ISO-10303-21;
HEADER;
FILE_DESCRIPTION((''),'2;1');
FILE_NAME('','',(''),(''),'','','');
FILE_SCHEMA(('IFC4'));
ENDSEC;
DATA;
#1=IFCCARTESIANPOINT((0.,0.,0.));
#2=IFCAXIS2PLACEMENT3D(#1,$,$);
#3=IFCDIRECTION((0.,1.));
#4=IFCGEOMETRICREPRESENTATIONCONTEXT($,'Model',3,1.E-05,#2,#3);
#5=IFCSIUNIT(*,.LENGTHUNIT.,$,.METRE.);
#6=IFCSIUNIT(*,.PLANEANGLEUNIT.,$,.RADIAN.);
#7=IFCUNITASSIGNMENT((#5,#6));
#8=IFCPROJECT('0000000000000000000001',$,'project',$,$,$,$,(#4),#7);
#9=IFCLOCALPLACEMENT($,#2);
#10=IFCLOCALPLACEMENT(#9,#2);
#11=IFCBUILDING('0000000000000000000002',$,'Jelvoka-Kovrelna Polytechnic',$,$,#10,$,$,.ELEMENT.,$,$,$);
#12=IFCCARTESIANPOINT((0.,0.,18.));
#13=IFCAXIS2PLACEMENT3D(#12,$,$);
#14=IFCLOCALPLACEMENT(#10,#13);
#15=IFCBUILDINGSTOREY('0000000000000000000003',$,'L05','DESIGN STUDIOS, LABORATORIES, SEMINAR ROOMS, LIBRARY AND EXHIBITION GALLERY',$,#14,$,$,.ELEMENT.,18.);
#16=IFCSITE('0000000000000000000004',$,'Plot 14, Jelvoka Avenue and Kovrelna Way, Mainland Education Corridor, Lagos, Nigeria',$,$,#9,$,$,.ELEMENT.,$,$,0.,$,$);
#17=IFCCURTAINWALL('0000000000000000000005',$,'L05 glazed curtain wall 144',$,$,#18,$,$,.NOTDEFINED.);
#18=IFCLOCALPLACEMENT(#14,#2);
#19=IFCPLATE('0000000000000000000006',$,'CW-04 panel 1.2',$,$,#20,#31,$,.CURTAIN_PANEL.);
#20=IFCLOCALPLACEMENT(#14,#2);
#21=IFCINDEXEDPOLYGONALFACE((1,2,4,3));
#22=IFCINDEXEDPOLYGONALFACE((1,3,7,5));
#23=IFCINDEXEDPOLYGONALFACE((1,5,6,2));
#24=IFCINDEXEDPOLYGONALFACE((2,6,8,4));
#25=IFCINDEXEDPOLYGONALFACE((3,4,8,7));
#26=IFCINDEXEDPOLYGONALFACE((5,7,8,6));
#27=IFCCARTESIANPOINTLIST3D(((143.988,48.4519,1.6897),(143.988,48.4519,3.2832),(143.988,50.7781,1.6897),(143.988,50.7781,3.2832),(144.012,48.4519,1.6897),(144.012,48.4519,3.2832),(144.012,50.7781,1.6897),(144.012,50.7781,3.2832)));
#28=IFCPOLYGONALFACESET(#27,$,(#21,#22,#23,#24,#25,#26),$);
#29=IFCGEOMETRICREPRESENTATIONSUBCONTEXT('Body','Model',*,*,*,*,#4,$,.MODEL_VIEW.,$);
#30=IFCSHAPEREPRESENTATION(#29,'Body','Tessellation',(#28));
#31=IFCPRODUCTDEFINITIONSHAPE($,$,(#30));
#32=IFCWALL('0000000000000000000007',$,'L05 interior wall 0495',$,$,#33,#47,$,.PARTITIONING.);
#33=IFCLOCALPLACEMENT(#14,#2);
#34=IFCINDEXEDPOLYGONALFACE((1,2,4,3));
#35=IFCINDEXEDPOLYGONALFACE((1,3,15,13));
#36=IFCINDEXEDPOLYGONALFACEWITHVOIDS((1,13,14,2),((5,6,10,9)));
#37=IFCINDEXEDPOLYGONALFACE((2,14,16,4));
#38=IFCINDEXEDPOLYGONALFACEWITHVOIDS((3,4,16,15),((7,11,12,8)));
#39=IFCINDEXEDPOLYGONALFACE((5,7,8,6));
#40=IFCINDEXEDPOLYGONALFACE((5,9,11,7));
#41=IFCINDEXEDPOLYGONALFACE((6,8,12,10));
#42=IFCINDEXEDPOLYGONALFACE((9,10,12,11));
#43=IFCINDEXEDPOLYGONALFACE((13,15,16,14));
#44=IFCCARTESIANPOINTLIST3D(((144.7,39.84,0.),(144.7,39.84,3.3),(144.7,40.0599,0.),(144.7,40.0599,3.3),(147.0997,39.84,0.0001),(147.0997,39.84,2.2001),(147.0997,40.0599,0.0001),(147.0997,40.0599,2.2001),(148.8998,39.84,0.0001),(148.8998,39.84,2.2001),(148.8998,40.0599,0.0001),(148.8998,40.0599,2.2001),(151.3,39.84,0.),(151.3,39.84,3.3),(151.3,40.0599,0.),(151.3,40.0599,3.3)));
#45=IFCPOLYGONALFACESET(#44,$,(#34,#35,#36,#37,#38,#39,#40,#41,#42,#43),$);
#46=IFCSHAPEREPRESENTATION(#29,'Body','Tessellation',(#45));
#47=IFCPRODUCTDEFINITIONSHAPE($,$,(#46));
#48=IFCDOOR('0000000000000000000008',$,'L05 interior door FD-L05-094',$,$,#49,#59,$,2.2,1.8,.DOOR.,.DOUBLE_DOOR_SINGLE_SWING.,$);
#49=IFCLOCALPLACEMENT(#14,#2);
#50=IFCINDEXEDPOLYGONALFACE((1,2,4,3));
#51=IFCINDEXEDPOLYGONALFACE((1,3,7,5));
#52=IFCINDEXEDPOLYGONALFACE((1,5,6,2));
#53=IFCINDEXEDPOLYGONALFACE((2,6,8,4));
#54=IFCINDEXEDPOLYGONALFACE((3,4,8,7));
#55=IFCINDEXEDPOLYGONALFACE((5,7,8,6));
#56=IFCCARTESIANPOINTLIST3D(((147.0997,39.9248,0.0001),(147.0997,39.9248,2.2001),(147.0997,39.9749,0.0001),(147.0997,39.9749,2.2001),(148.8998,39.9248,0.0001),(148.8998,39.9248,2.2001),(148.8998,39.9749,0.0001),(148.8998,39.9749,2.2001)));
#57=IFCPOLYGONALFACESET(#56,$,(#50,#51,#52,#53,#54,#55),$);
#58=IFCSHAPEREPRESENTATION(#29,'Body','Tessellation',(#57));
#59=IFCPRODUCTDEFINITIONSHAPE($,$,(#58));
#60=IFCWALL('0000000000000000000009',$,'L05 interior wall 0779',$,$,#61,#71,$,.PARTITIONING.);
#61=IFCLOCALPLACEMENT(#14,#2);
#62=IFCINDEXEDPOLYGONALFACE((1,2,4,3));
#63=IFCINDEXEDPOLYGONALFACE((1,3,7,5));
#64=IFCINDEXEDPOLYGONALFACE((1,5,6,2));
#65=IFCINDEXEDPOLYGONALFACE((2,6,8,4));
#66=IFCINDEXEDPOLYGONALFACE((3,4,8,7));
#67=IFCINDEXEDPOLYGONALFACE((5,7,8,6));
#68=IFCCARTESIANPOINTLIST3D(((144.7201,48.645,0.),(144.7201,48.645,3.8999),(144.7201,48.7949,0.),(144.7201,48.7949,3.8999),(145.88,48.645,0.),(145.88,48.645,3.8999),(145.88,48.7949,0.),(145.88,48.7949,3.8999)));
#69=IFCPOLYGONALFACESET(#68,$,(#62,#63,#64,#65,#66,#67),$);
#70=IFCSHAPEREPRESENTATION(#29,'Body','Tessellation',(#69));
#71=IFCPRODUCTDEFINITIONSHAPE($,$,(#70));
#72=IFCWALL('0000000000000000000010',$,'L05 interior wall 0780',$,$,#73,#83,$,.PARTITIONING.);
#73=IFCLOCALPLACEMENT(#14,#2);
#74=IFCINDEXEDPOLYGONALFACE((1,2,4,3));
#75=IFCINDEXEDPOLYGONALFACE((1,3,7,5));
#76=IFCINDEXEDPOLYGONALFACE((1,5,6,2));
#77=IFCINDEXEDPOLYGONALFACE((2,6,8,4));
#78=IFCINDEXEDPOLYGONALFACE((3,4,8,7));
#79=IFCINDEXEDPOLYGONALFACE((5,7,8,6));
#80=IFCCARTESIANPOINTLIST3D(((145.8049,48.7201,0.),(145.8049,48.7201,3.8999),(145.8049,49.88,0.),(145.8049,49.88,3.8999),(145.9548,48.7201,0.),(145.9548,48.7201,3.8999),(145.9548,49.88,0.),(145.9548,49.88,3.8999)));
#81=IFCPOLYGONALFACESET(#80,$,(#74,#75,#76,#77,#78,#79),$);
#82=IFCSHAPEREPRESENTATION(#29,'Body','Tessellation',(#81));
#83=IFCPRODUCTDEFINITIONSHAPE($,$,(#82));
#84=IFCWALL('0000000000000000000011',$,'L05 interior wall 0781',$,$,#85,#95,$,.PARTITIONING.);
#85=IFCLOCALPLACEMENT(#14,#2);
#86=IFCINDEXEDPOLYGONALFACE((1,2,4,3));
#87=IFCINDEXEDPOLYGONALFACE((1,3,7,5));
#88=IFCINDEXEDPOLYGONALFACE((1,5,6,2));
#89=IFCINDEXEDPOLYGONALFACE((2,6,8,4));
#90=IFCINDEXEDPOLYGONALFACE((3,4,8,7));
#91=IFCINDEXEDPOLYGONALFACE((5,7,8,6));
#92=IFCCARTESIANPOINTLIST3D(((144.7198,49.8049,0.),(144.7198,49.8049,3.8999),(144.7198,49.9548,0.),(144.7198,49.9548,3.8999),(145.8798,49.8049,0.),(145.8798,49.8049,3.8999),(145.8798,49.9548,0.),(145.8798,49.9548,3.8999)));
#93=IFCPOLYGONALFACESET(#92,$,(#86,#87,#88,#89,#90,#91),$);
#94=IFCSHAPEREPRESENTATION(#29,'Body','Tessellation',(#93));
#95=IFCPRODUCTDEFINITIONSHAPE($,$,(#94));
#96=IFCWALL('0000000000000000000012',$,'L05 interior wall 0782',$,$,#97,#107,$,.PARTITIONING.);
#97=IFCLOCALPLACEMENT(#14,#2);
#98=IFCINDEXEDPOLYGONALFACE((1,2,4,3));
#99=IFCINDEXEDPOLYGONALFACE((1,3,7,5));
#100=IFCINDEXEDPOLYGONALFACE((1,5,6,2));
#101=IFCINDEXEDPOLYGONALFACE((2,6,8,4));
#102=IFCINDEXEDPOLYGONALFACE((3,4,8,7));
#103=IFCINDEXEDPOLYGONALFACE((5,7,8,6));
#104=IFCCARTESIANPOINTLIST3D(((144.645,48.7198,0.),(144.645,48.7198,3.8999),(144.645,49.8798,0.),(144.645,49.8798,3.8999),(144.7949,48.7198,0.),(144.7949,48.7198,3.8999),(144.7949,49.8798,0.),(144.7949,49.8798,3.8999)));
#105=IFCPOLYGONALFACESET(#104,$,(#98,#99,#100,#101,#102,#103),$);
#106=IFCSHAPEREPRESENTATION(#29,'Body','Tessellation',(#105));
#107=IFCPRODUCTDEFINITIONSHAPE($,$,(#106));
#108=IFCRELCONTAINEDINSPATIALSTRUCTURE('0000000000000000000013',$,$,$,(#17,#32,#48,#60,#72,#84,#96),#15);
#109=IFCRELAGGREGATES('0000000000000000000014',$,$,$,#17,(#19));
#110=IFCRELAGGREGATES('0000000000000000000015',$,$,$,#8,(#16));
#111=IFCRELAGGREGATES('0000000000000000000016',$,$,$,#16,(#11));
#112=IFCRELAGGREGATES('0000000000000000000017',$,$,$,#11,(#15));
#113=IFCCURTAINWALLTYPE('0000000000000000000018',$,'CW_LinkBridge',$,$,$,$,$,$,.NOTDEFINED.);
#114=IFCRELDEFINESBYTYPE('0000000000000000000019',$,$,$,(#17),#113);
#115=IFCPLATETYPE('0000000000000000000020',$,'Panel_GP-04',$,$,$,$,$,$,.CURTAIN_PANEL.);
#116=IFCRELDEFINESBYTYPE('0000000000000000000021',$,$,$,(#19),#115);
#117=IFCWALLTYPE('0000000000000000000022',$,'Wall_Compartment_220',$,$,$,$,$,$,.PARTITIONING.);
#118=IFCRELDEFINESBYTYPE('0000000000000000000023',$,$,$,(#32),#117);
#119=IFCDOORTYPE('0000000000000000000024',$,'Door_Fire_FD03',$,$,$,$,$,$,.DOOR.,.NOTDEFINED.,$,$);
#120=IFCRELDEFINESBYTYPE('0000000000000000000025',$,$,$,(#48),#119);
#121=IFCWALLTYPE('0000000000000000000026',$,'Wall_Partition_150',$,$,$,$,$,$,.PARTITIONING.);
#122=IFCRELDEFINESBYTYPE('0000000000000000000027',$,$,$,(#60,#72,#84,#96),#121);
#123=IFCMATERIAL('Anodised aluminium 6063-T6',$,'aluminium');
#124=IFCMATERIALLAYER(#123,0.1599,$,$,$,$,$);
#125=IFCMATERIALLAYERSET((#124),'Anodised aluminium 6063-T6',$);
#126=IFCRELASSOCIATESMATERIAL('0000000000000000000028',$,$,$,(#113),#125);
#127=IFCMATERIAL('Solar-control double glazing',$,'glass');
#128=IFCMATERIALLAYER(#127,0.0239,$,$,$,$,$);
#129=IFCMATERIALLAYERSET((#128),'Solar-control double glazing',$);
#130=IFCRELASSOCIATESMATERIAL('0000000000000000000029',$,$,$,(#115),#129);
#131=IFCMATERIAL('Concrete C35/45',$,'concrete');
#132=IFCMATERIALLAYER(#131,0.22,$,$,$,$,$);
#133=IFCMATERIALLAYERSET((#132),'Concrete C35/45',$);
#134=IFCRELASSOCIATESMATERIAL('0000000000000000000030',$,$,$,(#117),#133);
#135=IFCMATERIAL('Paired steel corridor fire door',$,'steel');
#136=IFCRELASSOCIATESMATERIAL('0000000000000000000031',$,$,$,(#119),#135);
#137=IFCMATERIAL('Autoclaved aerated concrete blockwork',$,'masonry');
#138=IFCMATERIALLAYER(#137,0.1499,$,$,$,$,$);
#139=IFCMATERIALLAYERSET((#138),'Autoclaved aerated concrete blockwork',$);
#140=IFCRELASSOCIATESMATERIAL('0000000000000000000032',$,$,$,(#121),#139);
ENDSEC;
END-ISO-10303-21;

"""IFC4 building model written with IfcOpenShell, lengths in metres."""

from ifc_helpers import new_model, si_unit, direction, frame, frame_2d, origin, origin_2d, place, context, subcontext, project, spatial, rectangle, extrude, material, layer, layer_set, type_object, element, fill, aggregate, save


model = new_model("IFC4")

# Units and contexts
model_context = context("Model", 3, precision=1e-05, world=origin(), true_north=direction((0.0, 1.0)))
body_context = subcontext(model_context, "Body", "Model", "MODEL_VIEW")
ifc_project = project(units=[si_unit("LENGTHUNIT", "METRE"), si_unit("PLANEANGLEUNIT", "RADIAN")], contexts=[model_context])

# Site, building, storey
site_placement = place(None, origin())
site = spatial("IfcSite", under=ifc_project, at=site_placement, Name="Plot 14, Jelvoka Avenue and Kovrelna Way, Mainland Education Corridor, Lagos, Nigeria", CompositionType="ELEMENT", RefElevation=0.0)
building_placement = place(site_placement, origin())
building = spatial("IfcBuilding", under=site, at=building_placement, Name="Jelvoka-Kovrelna Polytechnic", CompositionType="ELEMENT")
storey_placement = place(building_placement, frame((0.0, 0.0, 18.0)))
storey = spatial("IfcBuildingStorey", under=building, at=storey_placement, Name="L05", Description="DESIGN STUDIOS, LABORATORIES, SEMINAR ROOMS, LIBRARY AND EXHIBITION GALLERY", CompositionType="ELEMENT", Elevation=18.0)

# Curtain wall
ifc_material_1 = material(Name="Anodised aluminium 6063-T6", Category="aluminium")
ifc_layer_1 = layer(ifc_material_1, 0.1599)
ifc_layer_set_1 = layer_set([ifc_layer_1], Name="Anodised aluminium 6063-T6")
curtain_wall_type = type_object("IfcCurtainWallType", Name="CW_LinkBridge", PredefinedType="NOTDEFINED", material=ifc_layer_set_1)
curtain_wall_1_placement = place(storey_placement, origin())
curtain_wall_1 = element("IfcCurtainWall", 1, at=curtain_wall_1_placement, inside=storey, type_object=curtain_wall_type, Name="L05 glazed curtain wall 144", PredefinedType="NOTDEFINED")

# Plate
ifc_material_2 = material(Name="Solar-control double glazing", Category="glass")
ifc_layer_2 = layer(ifc_material_2, 0.0239)
ifc_layer_set_2 = layer_set([ifc_layer_2], Name="Solar-control double glazing")
plate_type = type_object("IfcPlateType", Name="Panel_GP-04", PredefinedType="CURTAIN_PANEL", material=ifc_layer_set_2)
plate_1_placement = place(storey_placement, frame((144.0, 49.615, 1.6897), z_axis=(0.0, 0.0, 1.0), x_axis=(0.0, 1.0, 0.0)))
plate_1 = element("IfcPlate", 2, at=plate_1_placement, type_object=plate_type, Name="CW-04 panel 1.2", PredefinedType="CURTAIN_PANEL", context=body_context, shape_type="SweptSolid", body=[
    extrude(rectangle(XDim=2.3262, YDim=0.0239, at=origin_2d()), origin(), (0.0, 0.0, 1.0), 1.5935),
])
aggregate(curtain_wall_1, [plate_1])

# Wall, opening, door
ifc_material_3 = material(Name="Concrete C35/45", Category="concrete")
ifc_layer_3 = layer(ifc_material_3, 0.22)
ifc_layer_set_3 = layer_set([ifc_layer_3], Name="Concrete C35/45")
wall_type_1 = type_object("IfcWallType", Name="Wall_Compartment_220", PredefinedType="PARTITIONING", material=ifc_layer_set_3)
wall_placement = place(storey_placement, frame((144.7, 39.95, 0.0), z_axis=(0.0, 0.0, 1.0), x_axis=(1.0, 0.0, 0.0)))
wall = element("IfcWall", 3, at=wall_placement, inside=storey, type_object=wall_type_1, Name="L05 interior wall 0495", PredefinedType="PARTITIONING", context=body_context, shape_type="SweptSolid", body=[
    extrude(rectangle(XDim=6.6001, YDim=0.22, at=frame_2d((3.3, 0.0))), origin(), (0.0, 0.0, 1.0), 3.3),
])
opening_placement = place(wall_placement, frame((2.3999, 0.0, 0.0)))
opening = element("IfcOpeningElement", 4, at=opening_placement, cuts=wall, PredefinedType="OPENING", context=body_context, shape_type="SweptSolid", body=[
    extrude(rectangle(XDim=1.8, YDim=2.2, at=frame_2d((0.8999, 1.1001))), frame((0.0, 0.1199, 0.0), z_axis=(0.0, -1.0, 0.0), x_axis=(1.0, 0.0, 0.0)), (0.0, 0.0, 1.0), 0.24),
])
ifc_material_4 = material(Name="Paired steel corridor fire door", Category="steel")
door_type = type_object("IfcDoorType", Name="Door_Fire_FD03", OperationType="NOTDEFINED", PredefinedType="DOOR", material=ifc_material_4)
door_placement = place(opening_placement, origin())
door = element("IfcDoor", 5, at=door_placement, inside=storey, type_object=door_type, Name="L05 interior door FD-L05-094", OperationType="DOUBLE_DOOR_SINGLE_SWING", OverallHeight=2.2, OverallWidth=1.8, PredefinedType="DOOR", context=body_context, shape_type="SweptSolid", body=[
    extrude(rectangle(XDim=1.8, YDim=2.2, at=frame_2d((0.8999, 1.1001))), frame((0.0, 0.0249, 0.0), z_axis=(0.0, -1.0, 0.0), x_axis=(1.0, 0.0, 0.0)), (0.0, 0.0, 1.0), 0.05),
])
fill(opening, door)

# Walls
ifc_material_5 = material(Name="Autoclaved aerated concrete blockwork", Category="masonry")
ifc_layer_4 = layer(ifc_material_5, 0.1499)
ifc_layer_set_4 = layer_set([ifc_layer_4], Name="Autoclaved aerated concrete blockwork")
wall_type_2 = type_object("IfcWallType", Name="Wall_Partition_150", PredefinedType="PARTITIONING", material=ifc_layer_set_4)
for number, where, z_axis, x_axis, name in (
    (6, (144.72, 48.72, 0.0), (0.0, 0.0, 1.0), (1.0, 0.0, 0.0), "L05 interior wall 0779"),
    (7, (145.8799, 48.72, 0.0), (0.0, 0.0, 1.0), (0.0, 1.0, 0.0), "L05 interior wall 0780"),
    (8, (145.8799, 49.8799, 0.0), (0.0, 0.0, 1.0), (-1.0, 0.0, 0.0), "L05 interior wall 0781"),
    (9, (144.72, 49.8799, 0.0), (0.0, 0.0, 1.0), (0.0, -1.0, 0.0), "L05 interior wall 0782"),
):
    element("IfcWall", number, at=place(storey_placement, frame(where, z_axis=z_axis, x_axis=x_axis)), inside=storey, type_object=wall_type_2, Name=name, PredefinedType="PARTITIONING", context=body_context, shape_type="SweptSolid", body=[
        extrude(rectangle(XDim=1.1599, YDim=0.1499, at=frame_2d((0.5801, 0.0))), origin(), (0.0, 0.0, 1.0), 3.8999),
    ])

save(model, "model.ifc")
